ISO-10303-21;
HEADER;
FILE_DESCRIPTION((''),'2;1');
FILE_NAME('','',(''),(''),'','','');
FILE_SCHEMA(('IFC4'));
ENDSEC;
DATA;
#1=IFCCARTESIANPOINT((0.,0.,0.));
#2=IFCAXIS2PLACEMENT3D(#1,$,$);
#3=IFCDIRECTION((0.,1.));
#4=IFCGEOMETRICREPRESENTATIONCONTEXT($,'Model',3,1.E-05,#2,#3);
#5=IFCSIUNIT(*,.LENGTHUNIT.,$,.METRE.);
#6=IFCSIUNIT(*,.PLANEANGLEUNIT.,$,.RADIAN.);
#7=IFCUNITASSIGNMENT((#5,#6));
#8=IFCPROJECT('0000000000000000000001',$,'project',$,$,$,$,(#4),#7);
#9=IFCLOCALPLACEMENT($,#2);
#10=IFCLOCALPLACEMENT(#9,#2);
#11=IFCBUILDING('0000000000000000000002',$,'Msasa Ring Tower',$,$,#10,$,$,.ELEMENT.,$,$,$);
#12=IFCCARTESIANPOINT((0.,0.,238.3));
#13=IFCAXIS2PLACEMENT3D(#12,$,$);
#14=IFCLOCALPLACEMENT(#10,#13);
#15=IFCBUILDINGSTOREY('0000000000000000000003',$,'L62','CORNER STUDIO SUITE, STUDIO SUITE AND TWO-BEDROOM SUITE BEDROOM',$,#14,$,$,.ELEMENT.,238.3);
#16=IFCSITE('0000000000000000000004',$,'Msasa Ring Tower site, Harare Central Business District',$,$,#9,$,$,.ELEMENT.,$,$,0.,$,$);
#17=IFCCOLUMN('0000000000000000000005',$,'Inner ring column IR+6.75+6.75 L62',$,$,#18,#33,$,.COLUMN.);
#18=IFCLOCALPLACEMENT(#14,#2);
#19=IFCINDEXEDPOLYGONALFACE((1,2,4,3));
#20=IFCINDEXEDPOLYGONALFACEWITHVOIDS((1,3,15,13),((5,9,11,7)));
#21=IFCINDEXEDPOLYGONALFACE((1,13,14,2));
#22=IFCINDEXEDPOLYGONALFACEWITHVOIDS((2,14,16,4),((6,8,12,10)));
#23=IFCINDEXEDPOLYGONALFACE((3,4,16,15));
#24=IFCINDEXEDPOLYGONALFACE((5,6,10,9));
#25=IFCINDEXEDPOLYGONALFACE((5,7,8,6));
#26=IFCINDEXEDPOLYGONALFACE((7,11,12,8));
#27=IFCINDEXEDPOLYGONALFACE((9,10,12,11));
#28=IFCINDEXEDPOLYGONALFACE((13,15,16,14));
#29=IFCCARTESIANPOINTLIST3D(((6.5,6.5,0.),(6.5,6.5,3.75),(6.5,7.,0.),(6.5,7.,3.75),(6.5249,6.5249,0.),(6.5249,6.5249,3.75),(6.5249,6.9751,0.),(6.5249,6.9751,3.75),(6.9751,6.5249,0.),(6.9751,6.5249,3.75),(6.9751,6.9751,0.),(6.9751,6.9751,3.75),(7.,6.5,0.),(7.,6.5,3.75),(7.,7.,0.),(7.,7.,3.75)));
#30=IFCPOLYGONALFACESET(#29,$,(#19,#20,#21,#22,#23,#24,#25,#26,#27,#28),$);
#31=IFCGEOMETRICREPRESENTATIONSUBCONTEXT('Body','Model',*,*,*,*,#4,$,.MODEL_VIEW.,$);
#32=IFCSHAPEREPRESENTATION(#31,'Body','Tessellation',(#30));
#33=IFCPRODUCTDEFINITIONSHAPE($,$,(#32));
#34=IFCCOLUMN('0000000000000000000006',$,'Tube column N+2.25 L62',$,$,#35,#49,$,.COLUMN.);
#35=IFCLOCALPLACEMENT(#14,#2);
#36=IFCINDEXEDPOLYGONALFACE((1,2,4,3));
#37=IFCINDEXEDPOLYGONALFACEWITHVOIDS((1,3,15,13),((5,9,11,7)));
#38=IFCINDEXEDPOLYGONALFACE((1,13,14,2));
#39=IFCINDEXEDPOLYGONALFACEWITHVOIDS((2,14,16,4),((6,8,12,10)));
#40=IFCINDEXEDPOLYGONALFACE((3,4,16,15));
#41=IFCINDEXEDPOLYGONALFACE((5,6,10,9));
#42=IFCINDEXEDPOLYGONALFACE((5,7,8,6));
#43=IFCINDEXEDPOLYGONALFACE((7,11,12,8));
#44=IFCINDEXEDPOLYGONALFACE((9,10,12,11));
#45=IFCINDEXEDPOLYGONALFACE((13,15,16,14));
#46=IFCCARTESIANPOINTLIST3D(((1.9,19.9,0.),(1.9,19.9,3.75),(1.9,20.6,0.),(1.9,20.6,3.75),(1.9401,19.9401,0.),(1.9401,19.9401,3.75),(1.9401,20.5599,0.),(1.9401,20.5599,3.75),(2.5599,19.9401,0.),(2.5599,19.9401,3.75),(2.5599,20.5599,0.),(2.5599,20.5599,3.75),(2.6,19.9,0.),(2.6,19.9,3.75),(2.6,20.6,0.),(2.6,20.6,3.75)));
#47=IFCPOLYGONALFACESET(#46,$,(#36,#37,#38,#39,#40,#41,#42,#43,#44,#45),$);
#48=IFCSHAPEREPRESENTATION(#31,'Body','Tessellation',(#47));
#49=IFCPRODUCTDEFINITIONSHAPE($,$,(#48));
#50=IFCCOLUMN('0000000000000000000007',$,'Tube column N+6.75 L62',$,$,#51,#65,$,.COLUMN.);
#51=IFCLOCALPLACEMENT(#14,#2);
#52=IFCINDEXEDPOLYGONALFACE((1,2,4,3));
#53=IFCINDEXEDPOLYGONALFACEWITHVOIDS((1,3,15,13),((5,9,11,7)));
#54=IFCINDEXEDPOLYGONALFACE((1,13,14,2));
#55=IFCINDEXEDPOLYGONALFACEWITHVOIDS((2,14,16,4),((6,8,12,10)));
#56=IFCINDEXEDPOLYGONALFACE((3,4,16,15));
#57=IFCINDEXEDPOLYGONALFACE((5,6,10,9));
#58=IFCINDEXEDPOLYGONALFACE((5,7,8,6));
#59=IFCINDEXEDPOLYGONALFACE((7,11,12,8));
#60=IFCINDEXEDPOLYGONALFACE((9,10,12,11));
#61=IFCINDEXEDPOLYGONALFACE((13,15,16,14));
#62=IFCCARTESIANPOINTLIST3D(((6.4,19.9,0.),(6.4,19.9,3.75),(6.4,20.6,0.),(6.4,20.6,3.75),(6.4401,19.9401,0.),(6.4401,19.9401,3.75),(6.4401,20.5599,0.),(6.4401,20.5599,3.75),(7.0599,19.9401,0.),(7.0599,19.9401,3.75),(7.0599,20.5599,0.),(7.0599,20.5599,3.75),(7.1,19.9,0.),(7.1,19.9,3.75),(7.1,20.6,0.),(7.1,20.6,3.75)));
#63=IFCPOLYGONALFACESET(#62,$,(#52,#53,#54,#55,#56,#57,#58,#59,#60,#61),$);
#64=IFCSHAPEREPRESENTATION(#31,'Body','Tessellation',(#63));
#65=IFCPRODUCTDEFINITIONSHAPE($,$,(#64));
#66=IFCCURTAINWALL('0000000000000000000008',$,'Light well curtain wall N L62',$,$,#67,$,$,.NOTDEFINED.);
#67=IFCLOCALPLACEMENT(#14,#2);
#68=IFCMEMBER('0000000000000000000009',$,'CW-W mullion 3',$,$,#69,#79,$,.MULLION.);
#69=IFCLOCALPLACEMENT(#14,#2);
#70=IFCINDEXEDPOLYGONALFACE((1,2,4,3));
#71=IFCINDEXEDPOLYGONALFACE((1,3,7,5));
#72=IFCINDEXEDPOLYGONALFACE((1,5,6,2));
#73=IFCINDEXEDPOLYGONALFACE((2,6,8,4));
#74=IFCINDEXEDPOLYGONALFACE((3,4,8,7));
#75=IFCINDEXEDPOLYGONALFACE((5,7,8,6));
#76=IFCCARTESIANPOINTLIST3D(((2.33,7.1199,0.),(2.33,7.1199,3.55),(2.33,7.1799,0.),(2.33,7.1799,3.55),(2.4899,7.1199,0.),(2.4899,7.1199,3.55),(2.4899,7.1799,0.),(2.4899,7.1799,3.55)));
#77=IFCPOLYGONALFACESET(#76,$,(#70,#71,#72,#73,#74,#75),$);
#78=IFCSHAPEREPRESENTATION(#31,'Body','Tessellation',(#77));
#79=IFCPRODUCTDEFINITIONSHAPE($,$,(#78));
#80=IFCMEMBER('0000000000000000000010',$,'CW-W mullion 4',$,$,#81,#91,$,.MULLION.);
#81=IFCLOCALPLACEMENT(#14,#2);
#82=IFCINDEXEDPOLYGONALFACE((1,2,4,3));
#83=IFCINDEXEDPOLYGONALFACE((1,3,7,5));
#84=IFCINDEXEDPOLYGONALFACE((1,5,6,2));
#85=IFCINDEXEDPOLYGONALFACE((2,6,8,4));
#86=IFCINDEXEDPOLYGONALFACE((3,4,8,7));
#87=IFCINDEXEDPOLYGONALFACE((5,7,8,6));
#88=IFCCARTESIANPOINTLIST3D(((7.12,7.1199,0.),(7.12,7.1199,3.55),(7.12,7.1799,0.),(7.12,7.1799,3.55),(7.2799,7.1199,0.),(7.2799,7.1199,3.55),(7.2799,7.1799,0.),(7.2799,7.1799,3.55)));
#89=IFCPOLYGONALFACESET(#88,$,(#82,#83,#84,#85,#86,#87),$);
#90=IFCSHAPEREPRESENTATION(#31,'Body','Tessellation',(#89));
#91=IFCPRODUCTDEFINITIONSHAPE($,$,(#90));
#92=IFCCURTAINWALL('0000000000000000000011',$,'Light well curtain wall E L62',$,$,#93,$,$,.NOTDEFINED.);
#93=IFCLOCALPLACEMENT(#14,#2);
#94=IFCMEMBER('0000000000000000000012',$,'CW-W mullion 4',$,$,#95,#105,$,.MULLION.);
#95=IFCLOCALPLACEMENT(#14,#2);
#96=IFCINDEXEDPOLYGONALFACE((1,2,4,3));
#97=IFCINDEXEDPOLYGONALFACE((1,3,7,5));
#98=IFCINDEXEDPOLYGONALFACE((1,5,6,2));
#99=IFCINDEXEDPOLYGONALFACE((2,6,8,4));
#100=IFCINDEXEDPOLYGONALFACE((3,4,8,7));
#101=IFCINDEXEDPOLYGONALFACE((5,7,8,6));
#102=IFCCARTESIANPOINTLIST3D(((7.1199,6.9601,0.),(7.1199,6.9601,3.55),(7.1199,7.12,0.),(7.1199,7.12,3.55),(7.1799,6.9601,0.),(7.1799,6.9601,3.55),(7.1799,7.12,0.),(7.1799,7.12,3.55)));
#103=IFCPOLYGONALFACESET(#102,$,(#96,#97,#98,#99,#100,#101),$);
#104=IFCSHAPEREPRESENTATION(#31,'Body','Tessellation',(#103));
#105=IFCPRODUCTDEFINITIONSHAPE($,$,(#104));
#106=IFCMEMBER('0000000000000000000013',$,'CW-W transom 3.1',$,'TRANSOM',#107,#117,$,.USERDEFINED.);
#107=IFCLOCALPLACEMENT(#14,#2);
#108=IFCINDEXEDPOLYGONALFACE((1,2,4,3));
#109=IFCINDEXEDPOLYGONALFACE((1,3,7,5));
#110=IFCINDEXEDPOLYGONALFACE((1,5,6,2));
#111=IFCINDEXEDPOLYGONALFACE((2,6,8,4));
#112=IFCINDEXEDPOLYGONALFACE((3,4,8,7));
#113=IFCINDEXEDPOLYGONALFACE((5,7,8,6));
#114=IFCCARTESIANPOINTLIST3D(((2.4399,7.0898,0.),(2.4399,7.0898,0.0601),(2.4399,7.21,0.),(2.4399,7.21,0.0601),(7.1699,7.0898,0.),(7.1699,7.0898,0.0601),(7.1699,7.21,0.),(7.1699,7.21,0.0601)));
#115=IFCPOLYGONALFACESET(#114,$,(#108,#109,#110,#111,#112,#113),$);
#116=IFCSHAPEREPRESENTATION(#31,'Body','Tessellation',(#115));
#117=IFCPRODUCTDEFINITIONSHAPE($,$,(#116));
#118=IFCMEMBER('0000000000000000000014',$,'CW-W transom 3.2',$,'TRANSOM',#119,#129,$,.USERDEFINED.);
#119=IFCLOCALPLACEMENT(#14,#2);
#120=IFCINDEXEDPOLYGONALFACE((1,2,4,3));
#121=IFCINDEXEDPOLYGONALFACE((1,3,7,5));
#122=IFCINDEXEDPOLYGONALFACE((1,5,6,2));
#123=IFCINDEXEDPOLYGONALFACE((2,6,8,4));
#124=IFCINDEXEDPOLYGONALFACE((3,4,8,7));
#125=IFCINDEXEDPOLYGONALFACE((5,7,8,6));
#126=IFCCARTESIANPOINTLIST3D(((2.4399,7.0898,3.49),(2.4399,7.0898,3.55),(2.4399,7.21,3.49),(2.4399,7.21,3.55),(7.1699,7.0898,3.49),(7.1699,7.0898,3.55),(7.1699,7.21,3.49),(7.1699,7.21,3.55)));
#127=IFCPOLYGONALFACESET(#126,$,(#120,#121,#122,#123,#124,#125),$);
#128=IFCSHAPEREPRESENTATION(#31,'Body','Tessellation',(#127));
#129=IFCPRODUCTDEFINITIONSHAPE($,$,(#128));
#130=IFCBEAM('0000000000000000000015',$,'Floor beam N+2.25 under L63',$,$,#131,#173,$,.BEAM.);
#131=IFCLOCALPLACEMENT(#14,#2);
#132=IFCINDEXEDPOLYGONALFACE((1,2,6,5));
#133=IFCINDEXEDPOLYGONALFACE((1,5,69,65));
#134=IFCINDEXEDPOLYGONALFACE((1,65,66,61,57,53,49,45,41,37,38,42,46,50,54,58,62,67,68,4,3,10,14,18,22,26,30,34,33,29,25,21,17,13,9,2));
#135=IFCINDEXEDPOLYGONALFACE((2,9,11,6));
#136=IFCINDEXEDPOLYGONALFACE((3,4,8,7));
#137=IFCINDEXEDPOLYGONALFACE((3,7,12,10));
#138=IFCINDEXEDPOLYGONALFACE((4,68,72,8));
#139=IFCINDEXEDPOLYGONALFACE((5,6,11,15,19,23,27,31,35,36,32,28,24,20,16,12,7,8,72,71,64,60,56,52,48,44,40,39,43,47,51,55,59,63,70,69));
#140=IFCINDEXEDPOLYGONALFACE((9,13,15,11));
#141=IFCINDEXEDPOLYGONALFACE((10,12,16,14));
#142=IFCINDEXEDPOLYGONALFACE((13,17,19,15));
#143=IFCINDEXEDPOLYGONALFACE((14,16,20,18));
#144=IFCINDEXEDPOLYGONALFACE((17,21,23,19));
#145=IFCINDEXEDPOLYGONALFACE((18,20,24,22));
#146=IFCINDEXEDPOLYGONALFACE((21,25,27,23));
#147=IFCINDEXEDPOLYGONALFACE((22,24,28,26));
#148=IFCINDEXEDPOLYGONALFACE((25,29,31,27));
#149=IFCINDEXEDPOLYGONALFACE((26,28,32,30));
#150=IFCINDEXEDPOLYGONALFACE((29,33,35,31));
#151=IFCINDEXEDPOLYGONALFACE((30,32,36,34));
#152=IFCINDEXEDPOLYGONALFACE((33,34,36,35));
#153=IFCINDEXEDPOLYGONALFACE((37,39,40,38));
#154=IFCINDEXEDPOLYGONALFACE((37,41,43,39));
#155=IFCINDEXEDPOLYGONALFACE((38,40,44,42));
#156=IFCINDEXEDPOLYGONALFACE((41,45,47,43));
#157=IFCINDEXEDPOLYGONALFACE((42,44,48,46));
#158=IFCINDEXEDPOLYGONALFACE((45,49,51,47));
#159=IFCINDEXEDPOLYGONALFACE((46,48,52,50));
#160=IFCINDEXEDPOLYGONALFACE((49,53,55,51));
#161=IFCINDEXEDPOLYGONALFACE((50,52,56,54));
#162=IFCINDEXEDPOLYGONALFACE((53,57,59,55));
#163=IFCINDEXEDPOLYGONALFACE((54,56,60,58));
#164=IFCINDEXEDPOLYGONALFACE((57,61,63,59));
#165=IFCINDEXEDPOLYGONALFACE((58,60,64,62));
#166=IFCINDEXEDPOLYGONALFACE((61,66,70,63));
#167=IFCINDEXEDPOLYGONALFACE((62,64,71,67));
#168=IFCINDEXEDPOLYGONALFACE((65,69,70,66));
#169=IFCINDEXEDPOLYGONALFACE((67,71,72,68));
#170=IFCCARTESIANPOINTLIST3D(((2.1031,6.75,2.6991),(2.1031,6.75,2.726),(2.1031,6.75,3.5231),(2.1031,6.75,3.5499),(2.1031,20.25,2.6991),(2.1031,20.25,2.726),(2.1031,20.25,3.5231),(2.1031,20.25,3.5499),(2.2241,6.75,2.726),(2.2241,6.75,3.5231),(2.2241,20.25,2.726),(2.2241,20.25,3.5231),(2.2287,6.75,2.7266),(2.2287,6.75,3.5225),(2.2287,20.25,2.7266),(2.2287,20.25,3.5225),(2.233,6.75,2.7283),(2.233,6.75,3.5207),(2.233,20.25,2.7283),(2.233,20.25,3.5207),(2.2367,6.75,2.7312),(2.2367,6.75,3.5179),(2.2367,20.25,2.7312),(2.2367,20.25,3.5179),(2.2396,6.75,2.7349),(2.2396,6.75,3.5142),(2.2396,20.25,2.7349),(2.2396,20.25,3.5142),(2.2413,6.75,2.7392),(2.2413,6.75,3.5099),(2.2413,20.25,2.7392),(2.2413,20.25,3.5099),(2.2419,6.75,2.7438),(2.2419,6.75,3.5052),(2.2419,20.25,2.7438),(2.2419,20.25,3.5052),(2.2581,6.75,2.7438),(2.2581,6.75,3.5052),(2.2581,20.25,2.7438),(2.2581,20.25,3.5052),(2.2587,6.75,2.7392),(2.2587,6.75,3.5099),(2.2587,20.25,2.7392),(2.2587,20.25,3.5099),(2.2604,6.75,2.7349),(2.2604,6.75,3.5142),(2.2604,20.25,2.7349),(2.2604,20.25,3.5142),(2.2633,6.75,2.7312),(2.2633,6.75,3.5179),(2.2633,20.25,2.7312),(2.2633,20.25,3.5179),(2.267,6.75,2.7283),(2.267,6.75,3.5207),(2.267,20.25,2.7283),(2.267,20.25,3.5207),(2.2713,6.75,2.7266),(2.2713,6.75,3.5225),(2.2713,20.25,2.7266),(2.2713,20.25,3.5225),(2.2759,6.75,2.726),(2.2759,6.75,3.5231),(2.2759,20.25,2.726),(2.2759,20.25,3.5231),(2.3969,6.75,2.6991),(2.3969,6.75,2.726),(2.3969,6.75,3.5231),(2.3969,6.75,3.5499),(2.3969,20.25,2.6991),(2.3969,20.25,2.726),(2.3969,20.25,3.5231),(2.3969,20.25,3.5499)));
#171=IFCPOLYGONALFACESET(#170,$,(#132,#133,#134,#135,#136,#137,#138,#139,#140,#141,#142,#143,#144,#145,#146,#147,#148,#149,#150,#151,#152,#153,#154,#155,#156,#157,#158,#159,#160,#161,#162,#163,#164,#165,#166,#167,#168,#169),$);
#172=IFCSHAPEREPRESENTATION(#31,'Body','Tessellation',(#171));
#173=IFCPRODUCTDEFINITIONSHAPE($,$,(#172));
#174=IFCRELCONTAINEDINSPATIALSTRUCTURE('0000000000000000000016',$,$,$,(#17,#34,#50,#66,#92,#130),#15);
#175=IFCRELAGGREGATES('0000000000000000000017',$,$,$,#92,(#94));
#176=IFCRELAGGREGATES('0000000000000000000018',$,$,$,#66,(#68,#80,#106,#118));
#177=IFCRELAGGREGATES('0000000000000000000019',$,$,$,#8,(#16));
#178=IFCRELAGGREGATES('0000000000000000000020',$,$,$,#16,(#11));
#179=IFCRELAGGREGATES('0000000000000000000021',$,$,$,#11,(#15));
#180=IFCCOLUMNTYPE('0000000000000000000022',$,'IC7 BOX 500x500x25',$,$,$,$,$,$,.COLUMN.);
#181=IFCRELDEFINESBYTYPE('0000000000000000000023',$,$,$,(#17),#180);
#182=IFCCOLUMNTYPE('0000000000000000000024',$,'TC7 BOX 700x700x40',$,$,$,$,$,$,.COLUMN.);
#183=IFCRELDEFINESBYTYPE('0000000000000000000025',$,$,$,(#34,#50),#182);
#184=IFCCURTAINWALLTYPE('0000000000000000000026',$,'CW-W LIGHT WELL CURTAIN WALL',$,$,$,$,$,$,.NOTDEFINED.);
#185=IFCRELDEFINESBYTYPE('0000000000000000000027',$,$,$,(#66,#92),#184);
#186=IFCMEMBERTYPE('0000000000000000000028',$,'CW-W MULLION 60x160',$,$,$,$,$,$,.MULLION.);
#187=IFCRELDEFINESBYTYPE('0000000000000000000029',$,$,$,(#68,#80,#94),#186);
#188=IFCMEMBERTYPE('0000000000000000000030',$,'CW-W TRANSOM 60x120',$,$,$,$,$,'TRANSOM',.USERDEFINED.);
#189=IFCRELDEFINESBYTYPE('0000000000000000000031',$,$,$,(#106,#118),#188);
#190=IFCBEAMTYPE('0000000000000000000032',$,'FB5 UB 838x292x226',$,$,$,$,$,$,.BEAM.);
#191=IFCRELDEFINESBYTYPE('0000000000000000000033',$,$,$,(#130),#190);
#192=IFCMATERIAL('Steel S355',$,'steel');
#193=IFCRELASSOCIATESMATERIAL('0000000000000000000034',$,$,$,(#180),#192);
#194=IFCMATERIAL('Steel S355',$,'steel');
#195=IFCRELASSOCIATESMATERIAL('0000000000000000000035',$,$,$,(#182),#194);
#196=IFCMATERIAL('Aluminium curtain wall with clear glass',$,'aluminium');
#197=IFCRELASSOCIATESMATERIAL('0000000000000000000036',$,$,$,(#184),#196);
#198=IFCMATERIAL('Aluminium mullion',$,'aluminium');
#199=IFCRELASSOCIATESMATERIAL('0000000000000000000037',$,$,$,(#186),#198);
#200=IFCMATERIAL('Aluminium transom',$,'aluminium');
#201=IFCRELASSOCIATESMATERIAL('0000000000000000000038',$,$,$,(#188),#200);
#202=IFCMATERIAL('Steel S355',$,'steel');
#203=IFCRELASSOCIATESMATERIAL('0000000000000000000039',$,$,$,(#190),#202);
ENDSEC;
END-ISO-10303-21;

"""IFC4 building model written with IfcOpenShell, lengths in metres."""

from ifc_helpers import new_model, si_unit, direction, frame, origin, origin_2d, place, context, subcontext, project, spatial, rectangle, hollow_rectangle, i_section, extrude, material, material_profile, profile_set, type_object, element, aggregate, save


model = new_model("IFC4")

# Units and contexts
model_context = context("Model", 3, precision=1e-05, world=origin(), true_north=direction((0.0, 1.0)))
body_context = subcontext(model_context, "Body", "Model", "MODEL_VIEW")
ifc_project = project(units=[si_unit("LENGTHUNIT", "METRE"), si_unit("PLANEANGLEUNIT", "RADIAN")], contexts=[model_context])

# Site, building, storey
site_placement = place(None, origin())
site = spatial("IfcSite", under=ifc_project, at=site_placement, Name="Msasa Ring Tower site, Harare Central Business District", CompositionType="ELEMENT", RefElevation=0.0)
building_placement = place(site_placement, origin())
building = spatial("IfcBuilding", under=site, at=building_placement, Name="Msasa Ring Tower", CompositionType="ELEMENT")
storey_placement = place(building_placement, frame((0.0, 0.0, 238.3)))
storey = spatial("IfcBuildingStorey", under=building, at=storey_placement, Name="L62", Description="CORNER STUDIO SUITE, STUDIO SUITE AND TWO-BEDROOM SUITE BEDROOM", CompositionType="ELEMENT", Elevation=238.3)

# Columns
ifc_material_1 = material(Name="Steel S355", Category="steel")
ifc_material_profile_1 = material_profile(ifc_material_1, hollow_rectangle(XDim=0.5, YDim=0.5, WallThickness=0.0249, at=origin_2d()), Name="BOX 500x500x25")
ifc_profile_set_1 = profile_set([ifc_material_profile_1], Name="Steel S355")
column_type_1 = type_object("IfcColumnType", Name="IC7 BOX 500x500x25", PredefinedType="COLUMN", material=ifc_profile_set_1)
column_placement = place(storey_placement, frame((6.75, 6.75, 0.0), z_axis=(0.0, 0.0, 1.0), x_axis=(1.0, 0.0, 0.0)))
element("IfcColumn", 1, at=column_placement, inside=storey, type_object=column_type_1, Name="Inner ring column IR+6.75+6.75 L62", PredefinedType="COLUMN", context=body_context, shape_type="SweptSolid", body=[
    extrude(hollow_rectangle(XDim=0.5, YDim=0.5, WallThickness=0.0249, at=origin_2d()), origin(), (0.0, 0.0, 1.0), 3.75),
])
ifc_material_2 = material(Name="Steel S355", Category="steel")
ifc_material_profile_2 = material_profile(ifc_material_2, hollow_rectangle(XDim=0.7, YDim=0.7, WallThickness=0.04, at=origin_2d()), Name="BOX 700x700x40")
ifc_profile_set_2 = profile_set([ifc_material_profile_2], Name="Steel S355")
column_type_2 = type_object("IfcColumnType", Name="TC7 BOX 700x700x40", PredefinedType="COLUMN", material=ifc_profile_set_2)
for number, where, z_axis, x_axis, name in (
    (2, (2.25, 20.25, 0.0), (0.0, 0.0, 1.0), (0.0, 1.0, 0.0), "Tube column N+2.25 L62"),
    (3, (6.75, 20.25, 0.0), (0.0, 0.0, 1.0), (0.0, 1.0, 0.0), "Tube column N+6.75 L62"),
):
    element("IfcColumn", number, at=place(storey_placement, frame(where, z_axis=z_axis, x_axis=x_axis)), inside=storey, type_object=column_type_2, Name=name, PredefinedType="COLUMN", context=body_context, shape_type="SweptSolid", body=[
        extrude(hollow_rectangle(XDim=0.7, YDim=0.7, WallThickness=0.04, at=origin_2d()), origin(), (0.0, 0.0, 1.0), 3.75),
    ])

# Curtain wall, members
ifc_material_3 = material(Name="Aluminium curtain wall with clear glass", Category="aluminium")
curtain_wall_type = type_object("IfcCurtainWallType", Name="CW-W LIGHT WELL CURTAIN WALL", PredefinedType="NOTDEFINED", material=ifc_material_3)
curtain_wall_1_placement = place(storey_placement, origin())
curtain_wall_1 = element("IfcCurtainWall", 4, at=curtain_wall_1_placement, inside=storey, type_object=curtain_wall_type, Name="Light well curtain wall N L62", PredefinedType="NOTDEFINED")
ifc_material_4 = material(Name="Aluminium mullion", Category="aluminium")
ifc_material_profile_3 = material_profile(ifc_material_4, rectangle(XDim=0.0601, YDim=0.1599, at=origin_2d()), Name="AL 60x160")
ifc_profile_set_3 = profile_set([ifc_material_profile_3], Name="Aluminium mullion")
member_type_1 = type_object("IfcMemberType", Name="CW-W MULLION 60x160", PredefinedType="MULLION", material=ifc_profile_set_3)
member_1_placement = place(storey_placement, frame((2.4099, 7.1499, 0.0), z_axis=(0.0, 0.0, 1.0), x_axis=(0.0, 1.0, 0.0)))
member_1 = element("IfcMember", 5, at=member_1_placement, type_object=member_type_1, Name="CW-W mullion 3", PredefinedType="MULLION", context=body_context, shape_type="SweptSolid", body=[
    extrude(rectangle(XDim=0.0601, YDim=0.1599, at=origin_2d()), origin(), (0.0, 0.0, 1.0), 3.55),
])
member_2_placement = place(storey_placement, frame((7.2, 7.1499, 0.0), z_axis=(0.0, 0.0, 1.0), x_axis=(0.0, 1.0, 0.0)))
member_2 = element("IfcMember", 6, at=member_2_placement, type_object=member_type_1, Name="CW-W mullion 4", PredefinedType="MULLION", context=body_context, shape_type="SweptSolid", body=[
    extrude(rectangle(XDim=0.0601, YDim=0.1599, at=origin_2d()), origin(), (0.0, 0.0, 1.0), 3.55),
])

# Curtain wall, member
curtain_wall_2_placement = place(storey_placement, origin())
curtain_wall_2 = element("IfcCurtainWall", 7, at=curtain_wall_2_placement, inside=storey, type_object=curtain_wall_type, Name="Light well curtain wall E L62", PredefinedType="NOTDEFINED")
member_3_placement = place(storey_placement, frame((7.1499, 7.04, 0.0), z_axis=(0.0, 0.0, 1.0), x_axis=(-1.0, 0.0, 0.0)))
member_3 = element("IfcMember", 8, at=member_3_placement, type_object=member_type_1, Name="CW-W mullion 4", PredefinedType="MULLION", context=body_context, shape_type="SweptSolid", body=[
    extrude(rectangle(XDim=0.0601, YDim=0.1599, at=origin_2d()), origin(), (0.0, 0.0, 1.0), 3.55),
])
aggregate(curtain_wall_2, [member_3])

# Members
ifc_material_5 = material(Name="Aluminium transom", Category="aluminium")
ifc_material_profile_4 = material_profile(ifc_material_5, rectangle(XDim=0.1201, YDim=0.0601, at=origin_2d()), Name="AL 60x120")
ifc_profile_set_4 = profile_set([ifc_material_profile_4], Name="Aluminium transom")
member_type_2 = type_object("IfcMemberType", Name="CW-W TRANSOM 60x120", ElementType="TRANSOM", PredefinedType="USERDEFINED", material=ifc_profile_set_4)
member_4_placement = place(storey_placement, frame((2.4399, 7.1499, 0.03), z_axis=(1.0, 0.0, 0.0), x_axis=(0.0, 1.0, 0.0)))
member_4 = element("IfcMember", 9, at=member_4_placement, type_object=member_type_2, Name="CW-W transom 3.1", ObjectType="TRANSOM", PredefinedType="USERDEFINED", context=body_context, shape_type="SweptSolid", body=[
    extrude(rectangle(XDim=0.1201, YDim=0.0601, at=origin_2d()), origin(), (0.0, 0.0, 1.0), 4.73),
])
member_5_placement = place(storey_placement, frame((2.4399, 7.1499, 3.52), z_axis=(1.0, 0.0, 0.0), x_axis=(0.0, 1.0, 0.0)))
member_5 = element("IfcMember", 10, at=member_5_placement, type_object=member_type_2, Name="CW-W transom 3.2", ObjectType="TRANSOM", PredefinedType="USERDEFINED", context=body_context, shape_type="SweptSolid", body=[
    extrude(rectangle(XDim=0.1201, YDim=0.0601, at=origin_2d()), origin(), (0.0, 0.0, 1.0), 4.73),
])

# Beam
ifc_material_6 = material(Name="Steel S355", Category="steel")
ifc_material_profile_5 = material_profile(ifc_material_6, i_section(OverallWidth=0.2937, OverallDepth=0.8508, WebThickness=0.0161, FlangeThickness=0.0269, FilletRadius=0.0178, at=origin_2d()), Name="UB 838x292x226")
ifc_profile_set_5 = profile_set([ifc_material_profile_5], Name="Steel S355")
beam_type_1 = type_object("IfcBeamType", Name="FB5 UB 838x292x226", PredefinedType="BEAM", material=ifc_profile_set_5)
for number, where, z_axis, x_axis, name in (
    (11, (2.25, 20.25, 3.1245), (0.0, -1.0, 0.0), (1.0, 0.0, 0.0), "Floor beam N+2.25 under L63"),
):
    element("IfcBeam", number, at=place(storey_placement, frame(where, z_axis=z_axis, x_axis=x_axis)), inside=storey, type_object=beam_type_1, Name=name, PredefinedType="BEAM", context=body_context, shape_type="SweptSolid", body=[
        extrude(i_section(OverallWidth=0.2937, OverallDepth=0.8508, WebThickness=0.0161, FlangeThickness=0.0269, FilletRadius=0.0178, at=origin_2d()), origin(), (0.0, 0.0, 1.0), 13.5),
    ])

aggregate(curtain_wall_1, [member_1, member_2, member_4, member_5])

save(model, "model.ifc")
